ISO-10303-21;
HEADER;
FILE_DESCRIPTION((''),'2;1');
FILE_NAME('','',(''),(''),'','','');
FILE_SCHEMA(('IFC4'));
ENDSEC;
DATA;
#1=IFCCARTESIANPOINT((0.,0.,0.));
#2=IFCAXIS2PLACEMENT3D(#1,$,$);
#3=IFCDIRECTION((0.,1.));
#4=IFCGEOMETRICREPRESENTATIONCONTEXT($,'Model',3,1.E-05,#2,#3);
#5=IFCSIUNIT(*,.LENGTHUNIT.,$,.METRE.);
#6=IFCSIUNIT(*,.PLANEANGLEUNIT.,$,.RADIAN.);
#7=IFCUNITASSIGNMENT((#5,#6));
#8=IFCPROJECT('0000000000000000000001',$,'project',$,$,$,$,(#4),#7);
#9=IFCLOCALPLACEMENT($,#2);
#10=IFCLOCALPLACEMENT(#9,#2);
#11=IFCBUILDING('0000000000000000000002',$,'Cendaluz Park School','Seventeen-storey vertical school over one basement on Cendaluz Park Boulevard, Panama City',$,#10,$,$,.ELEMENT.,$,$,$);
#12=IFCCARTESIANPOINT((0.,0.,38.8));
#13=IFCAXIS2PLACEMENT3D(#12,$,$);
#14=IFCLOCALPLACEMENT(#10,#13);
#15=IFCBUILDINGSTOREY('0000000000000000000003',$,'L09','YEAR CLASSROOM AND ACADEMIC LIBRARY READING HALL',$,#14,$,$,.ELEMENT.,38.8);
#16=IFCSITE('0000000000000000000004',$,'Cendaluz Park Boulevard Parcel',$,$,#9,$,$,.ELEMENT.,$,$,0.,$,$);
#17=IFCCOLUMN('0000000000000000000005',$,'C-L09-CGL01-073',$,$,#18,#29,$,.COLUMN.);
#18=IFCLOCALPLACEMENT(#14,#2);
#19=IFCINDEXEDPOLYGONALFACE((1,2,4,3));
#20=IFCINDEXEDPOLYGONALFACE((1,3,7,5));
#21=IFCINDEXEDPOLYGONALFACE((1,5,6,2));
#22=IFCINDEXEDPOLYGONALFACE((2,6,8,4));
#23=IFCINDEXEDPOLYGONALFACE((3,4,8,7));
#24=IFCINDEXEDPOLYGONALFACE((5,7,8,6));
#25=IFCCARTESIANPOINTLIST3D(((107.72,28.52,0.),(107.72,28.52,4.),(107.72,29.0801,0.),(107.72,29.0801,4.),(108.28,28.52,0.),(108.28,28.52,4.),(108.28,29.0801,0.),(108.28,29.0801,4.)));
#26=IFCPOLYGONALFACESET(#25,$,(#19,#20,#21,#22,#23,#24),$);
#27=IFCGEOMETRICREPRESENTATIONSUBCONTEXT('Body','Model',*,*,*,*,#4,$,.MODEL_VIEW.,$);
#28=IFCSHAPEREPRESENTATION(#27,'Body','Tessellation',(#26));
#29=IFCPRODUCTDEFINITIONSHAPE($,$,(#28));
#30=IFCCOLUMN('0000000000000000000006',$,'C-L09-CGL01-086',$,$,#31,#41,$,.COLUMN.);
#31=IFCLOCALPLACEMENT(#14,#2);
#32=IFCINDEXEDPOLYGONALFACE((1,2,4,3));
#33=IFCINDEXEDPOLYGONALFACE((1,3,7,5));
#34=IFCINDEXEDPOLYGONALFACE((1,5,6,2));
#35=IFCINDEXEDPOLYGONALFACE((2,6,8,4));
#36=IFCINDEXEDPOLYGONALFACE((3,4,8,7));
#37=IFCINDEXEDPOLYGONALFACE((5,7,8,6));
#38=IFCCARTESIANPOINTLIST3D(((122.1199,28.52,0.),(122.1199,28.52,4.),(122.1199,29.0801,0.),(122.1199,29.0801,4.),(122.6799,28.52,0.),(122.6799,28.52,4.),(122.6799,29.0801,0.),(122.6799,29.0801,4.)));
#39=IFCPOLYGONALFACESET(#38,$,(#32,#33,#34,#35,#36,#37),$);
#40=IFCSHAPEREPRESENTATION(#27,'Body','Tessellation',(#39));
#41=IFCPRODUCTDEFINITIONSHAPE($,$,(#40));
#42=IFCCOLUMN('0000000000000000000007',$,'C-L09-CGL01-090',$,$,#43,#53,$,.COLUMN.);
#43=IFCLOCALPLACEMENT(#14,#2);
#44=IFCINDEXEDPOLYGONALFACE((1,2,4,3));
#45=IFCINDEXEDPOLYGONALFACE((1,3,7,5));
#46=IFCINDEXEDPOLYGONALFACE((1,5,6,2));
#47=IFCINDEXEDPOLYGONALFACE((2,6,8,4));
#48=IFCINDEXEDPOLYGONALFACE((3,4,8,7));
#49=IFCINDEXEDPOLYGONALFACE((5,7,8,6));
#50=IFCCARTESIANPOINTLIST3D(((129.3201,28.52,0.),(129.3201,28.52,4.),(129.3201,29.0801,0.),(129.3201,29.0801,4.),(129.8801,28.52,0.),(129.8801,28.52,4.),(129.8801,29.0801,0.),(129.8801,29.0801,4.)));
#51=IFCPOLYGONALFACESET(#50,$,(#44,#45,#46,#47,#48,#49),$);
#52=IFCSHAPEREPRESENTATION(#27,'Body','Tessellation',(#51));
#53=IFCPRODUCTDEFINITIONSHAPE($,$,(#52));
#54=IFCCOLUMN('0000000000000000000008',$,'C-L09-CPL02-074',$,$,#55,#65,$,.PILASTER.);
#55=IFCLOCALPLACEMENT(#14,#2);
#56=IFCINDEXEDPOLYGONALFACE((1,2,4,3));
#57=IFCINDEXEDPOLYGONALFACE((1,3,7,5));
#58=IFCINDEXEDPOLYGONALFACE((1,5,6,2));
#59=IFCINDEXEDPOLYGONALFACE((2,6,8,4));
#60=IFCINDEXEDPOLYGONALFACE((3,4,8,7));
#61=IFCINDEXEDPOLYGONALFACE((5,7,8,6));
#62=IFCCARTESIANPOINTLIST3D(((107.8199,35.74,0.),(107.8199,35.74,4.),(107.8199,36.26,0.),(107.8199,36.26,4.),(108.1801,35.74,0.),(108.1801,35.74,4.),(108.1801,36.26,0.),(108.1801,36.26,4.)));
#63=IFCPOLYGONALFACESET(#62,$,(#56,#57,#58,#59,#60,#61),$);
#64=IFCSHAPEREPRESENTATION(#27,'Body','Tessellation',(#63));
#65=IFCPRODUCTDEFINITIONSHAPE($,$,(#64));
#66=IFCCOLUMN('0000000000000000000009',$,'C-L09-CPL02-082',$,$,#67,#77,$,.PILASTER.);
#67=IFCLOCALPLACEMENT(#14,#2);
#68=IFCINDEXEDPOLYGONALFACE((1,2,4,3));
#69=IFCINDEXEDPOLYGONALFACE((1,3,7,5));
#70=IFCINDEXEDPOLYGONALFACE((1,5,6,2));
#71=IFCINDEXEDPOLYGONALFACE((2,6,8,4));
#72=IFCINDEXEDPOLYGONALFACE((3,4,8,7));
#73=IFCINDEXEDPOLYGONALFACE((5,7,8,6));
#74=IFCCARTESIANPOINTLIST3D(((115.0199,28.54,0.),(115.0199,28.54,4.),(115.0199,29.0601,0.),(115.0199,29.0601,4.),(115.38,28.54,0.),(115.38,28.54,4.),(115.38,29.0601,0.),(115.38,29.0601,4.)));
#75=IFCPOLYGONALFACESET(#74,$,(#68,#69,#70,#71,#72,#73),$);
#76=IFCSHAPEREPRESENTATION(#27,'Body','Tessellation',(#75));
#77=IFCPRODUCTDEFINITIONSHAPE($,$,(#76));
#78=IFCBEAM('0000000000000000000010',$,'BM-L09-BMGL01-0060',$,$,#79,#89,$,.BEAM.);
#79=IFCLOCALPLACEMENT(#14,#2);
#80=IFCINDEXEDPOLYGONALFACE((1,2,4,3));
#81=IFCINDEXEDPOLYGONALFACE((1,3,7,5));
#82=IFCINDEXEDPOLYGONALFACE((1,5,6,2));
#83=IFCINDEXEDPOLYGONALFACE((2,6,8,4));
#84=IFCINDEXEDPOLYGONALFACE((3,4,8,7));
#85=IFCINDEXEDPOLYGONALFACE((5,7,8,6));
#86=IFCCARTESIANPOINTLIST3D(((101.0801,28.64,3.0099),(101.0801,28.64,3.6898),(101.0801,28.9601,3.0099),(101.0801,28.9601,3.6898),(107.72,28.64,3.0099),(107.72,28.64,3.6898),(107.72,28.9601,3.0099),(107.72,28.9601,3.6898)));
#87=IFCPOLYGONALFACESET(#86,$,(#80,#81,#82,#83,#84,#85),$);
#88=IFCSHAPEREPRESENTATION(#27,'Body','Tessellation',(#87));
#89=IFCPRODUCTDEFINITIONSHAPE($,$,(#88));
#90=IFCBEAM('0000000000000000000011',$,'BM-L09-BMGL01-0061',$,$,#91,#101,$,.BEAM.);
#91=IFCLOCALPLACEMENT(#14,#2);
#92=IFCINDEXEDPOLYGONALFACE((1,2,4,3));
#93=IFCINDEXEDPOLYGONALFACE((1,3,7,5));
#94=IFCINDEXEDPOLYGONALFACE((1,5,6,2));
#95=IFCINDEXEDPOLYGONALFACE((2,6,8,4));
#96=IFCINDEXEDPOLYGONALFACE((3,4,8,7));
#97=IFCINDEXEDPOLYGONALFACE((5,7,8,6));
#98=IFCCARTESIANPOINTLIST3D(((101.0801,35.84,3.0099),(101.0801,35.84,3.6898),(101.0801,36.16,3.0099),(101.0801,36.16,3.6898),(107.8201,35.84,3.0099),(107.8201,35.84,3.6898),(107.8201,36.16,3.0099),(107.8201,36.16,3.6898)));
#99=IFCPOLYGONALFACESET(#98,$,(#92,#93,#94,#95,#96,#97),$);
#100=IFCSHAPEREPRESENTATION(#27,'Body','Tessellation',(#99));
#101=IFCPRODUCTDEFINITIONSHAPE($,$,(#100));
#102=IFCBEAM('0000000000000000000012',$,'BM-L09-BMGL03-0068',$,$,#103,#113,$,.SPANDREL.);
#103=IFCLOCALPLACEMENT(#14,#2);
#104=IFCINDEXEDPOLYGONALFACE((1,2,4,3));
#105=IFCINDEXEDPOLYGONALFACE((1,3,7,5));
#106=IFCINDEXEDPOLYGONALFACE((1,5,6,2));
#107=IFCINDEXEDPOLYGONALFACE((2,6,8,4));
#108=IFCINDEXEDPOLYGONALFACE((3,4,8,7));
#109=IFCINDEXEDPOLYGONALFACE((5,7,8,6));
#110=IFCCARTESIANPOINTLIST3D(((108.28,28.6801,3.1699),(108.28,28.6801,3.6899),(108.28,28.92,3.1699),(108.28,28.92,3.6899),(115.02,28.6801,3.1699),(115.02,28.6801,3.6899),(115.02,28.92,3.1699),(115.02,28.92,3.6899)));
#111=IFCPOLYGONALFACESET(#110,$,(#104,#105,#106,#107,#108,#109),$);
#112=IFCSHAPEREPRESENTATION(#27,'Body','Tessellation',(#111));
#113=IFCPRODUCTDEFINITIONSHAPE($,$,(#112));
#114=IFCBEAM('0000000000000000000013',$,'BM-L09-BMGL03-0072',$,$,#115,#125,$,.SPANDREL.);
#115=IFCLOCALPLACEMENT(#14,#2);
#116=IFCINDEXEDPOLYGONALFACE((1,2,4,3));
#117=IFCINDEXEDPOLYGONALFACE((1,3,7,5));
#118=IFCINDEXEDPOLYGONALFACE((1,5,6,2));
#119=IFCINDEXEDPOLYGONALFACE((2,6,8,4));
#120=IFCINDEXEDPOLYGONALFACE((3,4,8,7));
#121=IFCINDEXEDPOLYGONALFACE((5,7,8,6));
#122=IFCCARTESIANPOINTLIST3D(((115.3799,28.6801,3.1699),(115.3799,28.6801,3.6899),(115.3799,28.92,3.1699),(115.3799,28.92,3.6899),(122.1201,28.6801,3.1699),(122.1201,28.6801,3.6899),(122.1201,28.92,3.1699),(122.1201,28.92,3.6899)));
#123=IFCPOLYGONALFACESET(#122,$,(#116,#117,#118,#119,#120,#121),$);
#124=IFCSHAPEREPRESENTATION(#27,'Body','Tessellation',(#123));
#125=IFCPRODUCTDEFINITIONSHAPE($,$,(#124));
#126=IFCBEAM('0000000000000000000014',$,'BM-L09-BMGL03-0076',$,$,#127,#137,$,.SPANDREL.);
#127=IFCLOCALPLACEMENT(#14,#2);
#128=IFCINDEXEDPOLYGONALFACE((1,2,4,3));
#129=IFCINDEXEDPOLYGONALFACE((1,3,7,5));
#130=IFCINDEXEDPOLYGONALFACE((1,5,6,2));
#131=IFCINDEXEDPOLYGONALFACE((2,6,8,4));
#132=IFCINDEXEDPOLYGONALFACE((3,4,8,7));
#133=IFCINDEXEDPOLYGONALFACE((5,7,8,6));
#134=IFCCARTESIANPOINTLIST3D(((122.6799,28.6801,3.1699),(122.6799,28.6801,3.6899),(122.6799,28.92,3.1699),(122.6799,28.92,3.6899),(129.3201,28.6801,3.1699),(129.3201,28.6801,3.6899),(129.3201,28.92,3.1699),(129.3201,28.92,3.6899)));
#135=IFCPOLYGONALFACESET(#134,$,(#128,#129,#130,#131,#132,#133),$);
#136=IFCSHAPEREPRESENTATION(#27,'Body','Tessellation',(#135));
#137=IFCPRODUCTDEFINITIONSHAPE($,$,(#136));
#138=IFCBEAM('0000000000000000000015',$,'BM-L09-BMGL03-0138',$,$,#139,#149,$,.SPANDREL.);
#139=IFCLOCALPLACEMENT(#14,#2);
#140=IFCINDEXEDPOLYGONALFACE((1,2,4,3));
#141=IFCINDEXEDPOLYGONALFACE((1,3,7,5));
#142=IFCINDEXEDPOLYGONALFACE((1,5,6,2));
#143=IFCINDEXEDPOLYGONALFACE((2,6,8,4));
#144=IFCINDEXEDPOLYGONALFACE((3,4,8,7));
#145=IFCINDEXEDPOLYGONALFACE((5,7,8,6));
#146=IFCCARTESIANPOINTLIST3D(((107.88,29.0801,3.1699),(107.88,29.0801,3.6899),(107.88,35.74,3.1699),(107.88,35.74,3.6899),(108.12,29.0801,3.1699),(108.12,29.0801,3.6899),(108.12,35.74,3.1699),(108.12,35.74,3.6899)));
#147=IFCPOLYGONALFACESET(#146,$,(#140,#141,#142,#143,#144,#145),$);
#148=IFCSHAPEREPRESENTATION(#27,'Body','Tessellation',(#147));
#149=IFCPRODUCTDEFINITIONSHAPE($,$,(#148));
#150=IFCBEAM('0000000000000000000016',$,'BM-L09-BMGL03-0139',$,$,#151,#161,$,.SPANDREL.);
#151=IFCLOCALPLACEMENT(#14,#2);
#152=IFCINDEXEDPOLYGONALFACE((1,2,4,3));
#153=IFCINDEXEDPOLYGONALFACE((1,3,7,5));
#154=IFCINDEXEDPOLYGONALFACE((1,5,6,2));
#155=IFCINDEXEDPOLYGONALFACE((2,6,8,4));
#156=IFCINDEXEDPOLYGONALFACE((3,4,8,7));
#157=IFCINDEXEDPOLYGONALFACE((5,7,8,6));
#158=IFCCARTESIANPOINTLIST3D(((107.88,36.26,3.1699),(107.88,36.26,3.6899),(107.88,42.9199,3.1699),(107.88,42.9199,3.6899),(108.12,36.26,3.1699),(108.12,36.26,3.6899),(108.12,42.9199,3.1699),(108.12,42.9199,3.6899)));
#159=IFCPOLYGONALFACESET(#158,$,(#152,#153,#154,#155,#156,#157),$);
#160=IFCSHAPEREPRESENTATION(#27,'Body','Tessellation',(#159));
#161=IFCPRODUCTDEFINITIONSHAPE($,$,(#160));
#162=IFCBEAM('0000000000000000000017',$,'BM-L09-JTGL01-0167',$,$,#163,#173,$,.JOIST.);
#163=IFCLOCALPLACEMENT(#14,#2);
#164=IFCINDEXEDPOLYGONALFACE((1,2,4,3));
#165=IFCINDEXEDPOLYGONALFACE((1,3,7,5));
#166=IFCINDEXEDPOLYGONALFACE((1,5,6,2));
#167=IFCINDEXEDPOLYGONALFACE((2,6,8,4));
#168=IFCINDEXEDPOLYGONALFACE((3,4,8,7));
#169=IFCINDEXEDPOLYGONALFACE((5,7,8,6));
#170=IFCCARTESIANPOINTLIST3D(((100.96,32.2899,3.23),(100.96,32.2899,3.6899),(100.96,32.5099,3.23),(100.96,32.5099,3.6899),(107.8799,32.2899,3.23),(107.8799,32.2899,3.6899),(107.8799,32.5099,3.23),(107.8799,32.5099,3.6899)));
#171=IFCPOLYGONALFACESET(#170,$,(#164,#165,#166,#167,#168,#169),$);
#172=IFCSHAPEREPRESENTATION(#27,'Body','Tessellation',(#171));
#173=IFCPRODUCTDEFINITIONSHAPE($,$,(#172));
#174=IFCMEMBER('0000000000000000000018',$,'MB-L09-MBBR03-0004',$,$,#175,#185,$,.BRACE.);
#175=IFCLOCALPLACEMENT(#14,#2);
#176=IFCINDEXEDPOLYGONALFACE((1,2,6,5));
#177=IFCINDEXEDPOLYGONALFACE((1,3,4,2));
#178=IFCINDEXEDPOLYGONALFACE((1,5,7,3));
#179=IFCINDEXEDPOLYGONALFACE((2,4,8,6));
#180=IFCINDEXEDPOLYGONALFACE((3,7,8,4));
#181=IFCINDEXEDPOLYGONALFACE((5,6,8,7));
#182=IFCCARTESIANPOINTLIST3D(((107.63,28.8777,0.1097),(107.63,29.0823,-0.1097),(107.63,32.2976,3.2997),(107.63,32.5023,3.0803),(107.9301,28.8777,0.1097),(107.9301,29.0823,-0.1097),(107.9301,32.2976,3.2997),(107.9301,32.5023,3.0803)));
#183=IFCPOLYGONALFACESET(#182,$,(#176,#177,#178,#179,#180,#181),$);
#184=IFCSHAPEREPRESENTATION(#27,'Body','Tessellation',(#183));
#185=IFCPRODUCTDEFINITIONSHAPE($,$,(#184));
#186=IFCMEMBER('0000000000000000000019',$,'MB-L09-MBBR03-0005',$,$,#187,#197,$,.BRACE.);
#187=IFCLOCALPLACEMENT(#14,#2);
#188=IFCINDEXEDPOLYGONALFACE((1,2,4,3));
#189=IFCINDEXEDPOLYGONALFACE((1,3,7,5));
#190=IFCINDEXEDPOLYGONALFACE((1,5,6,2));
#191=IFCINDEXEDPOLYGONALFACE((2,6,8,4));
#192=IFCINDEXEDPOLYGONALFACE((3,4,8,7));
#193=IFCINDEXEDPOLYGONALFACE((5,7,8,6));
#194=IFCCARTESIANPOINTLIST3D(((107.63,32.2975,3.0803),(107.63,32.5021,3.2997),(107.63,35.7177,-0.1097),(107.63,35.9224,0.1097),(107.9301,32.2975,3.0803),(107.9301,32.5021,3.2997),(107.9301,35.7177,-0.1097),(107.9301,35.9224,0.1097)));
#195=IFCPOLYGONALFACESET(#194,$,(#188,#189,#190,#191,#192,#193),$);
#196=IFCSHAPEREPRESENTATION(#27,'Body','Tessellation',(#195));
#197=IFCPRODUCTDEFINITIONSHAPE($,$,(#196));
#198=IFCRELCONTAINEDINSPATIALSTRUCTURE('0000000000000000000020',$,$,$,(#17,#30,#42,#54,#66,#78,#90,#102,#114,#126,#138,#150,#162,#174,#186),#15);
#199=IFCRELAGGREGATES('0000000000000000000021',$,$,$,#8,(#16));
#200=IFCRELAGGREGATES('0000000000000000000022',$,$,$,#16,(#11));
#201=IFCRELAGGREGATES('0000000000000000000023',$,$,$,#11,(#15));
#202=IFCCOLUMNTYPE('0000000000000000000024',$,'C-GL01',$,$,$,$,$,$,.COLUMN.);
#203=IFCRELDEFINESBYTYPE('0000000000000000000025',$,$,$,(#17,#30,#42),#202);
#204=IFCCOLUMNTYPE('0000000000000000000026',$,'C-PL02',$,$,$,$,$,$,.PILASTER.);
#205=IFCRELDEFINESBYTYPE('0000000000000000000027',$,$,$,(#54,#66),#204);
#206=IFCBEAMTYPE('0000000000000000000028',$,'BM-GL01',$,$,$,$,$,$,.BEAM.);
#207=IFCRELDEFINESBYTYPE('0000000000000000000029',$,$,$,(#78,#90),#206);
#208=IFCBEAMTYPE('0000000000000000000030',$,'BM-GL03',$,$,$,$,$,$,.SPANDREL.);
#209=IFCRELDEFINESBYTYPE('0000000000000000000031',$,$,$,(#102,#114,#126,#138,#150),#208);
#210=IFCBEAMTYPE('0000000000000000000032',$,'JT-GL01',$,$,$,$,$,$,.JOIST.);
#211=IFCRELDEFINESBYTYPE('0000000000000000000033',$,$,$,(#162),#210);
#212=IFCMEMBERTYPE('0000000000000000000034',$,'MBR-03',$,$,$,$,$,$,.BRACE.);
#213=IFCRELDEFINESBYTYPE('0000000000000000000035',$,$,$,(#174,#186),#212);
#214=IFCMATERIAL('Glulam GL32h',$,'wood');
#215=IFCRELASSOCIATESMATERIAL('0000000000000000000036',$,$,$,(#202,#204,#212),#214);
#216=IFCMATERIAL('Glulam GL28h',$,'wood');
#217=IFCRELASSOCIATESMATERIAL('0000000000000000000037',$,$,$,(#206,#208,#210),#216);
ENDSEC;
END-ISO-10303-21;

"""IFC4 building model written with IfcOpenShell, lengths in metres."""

from ifc_helpers import new_model, si_unit, direction, frame, origin, origin_2d, place, context, subcontext, project, spatial, rectangle, extrude, material, material_profile, profile_set, type_object, element, save


model = new_model("IFC4")

# Units and contexts
model_context = context("Model", 3, precision=1e-05, world=origin(), true_north=direction((0.0, 1.0)))
body_context = subcontext(model_context, "Body", "Model", "MODEL_VIEW")
ifc_project = project(units=[si_unit("LENGTHUNIT", "METRE"), si_unit("PLANEANGLEUNIT", "RADIAN")], contexts=[model_context])

# Site, building, storey
site_placement = place(None, origin())
site = spatial("IfcSite", under=ifc_project, at=site_placement, Name="Cendaluz Park Boulevard Parcel", CompositionType="ELEMENT", RefElevation=0.0)
building_placement = place(site_placement, origin())
building = spatial("IfcBuilding", under=site, at=building_placement, Name="Cendaluz Park School", Description="Seventeen-storey vertical school over one basement on Cendaluz Park Boulevard, Panama City", CompositionType="ELEMENT")
storey_placement = place(building_placement, frame((0.0, 0.0, 38.8)))
storey = spatial("IfcBuildingStorey", under=building, at=storey_placement, Name="L09", Description="YEAR CLASSROOM AND ACADEMIC LIBRARY READING HALL", CompositionType="ELEMENT", Elevation=38.8)

# Columns
ifc_material_1 = material(Name="Glulam GL32h", Category="wood")
ifc_material_profile_1 = material_profile(ifc_material_1, rectangle(XDim=0.5601, YDim=0.5601, at=origin_2d()), Name="GL32h 560x560", Category="wood")
ifc_profile_set_1 = profile_set([ifc_material_profile_1], Name="Glulam GL32h")
column_type_1 = type_object("IfcColumnType", Name="C-GL01", PredefinedType="COLUMN", material=ifc_profile_set_1)
for number, where, z_axis, x_axis, name in (
    (1, (108.0, 28.8, 0.0), (0.0, 0.0, 1.0), (1.0, 0.0, 0.0), "C-L09-CGL01-073"),
    (2, (122.3999, 28.8, 0.0), (0.0, 0.0, 1.0), (1.0, 0.0, 0.0), "C-L09-CGL01-086"),
    (3, (129.6001, 28.8, 0.0), (0.0, 0.0, 1.0), (1.0, 0.0, 0.0), "C-L09-CGL01-090"),
):
    element("IfcColumn", number, at=place(storey_placement, frame(where, z_axis=z_axis, x_axis=x_axis)), inside=storey, type_object=column_type_1, Name=name, PredefinedType="COLUMN", context=body_context, shape_type="SweptSolid", body=[
        extrude(rectangle(XDim=0.5601, YDim=0.5601, at=origin_2d()), origin(), (0.0, 0.0, 1.0), 4.0),
    ])
ifc_material_profile_2 = material_profile(ifc_material_1, rectangle(XDim=0.3601, YDim=0.52, at=origin_2d()), Name="GL32h 360x520", Category="wood")
ifc_profile_set_2 = profile_set([ifc_material_profile_2], Name="Glulam GL32h")
column_type_2 = type_object("IfcColumnType", Name="C-PL02", PredefinedType="PILASTER", material=ifc_profile_set_2)
for number, where, z_axis, x_axis, name in (
    (4, (108.0, 36.0, 0.0), (0.0, 0.0, 1.0), (1.0, 0.0, 0.0), "C-L09-CPL02-074"),
    (5, (115.2, 28.8, 0.0), (0.0, 0.0, 1.0), (1.0, 0.0, 0.0), "C-L09-CPL02-082"),
):
    element("IfcColumn", number, at=place(storey_placement, frame(where, z_axis=z_axis, x_axis=x_axis)), inside=storey, type_object=column_type_2, Name=name, PredefinedType="PILASTER", context=body_context, shape_type="SweptSolid", body=[
        extrude(rectangle(XDim=0.3601, YDim=0.52, at=origin_2d()), origin(), (0.0, 0.0, 1.0), 4.0),
    ])

# Beams
ifc_material_2 = material(Name="Glulam GL28h", Category="wood")
ifc_material_profile_3 = material_profile(ifc_material_2, rectangle(XDim=0.3201, YDim=0.6799, at=origin_2d()), Name="GL28h 320x680", Category="wood")
ifc_profile_set_3 = profile_set([ifc_material_profile_3], Name="Glulam GL28h")
beam_type_1 = type_object("IfcBeamType", Name="BM-GL01", PredefinedType="BEAM", material=ifc_profile_set_3)
beam_1_placement = place(storey_placement, frame((101.0801, 28.8, 3.3499), z_axis=(1.0, 0.0, 0.0), x_axis=(0.0, 1.0, 0.0)))
element("IfcBeam", 6, at=beam_1_placement, inside=storey, type_object=beam_type_1, Name="BM-L09-BMGL01-0060", PredefinedType="BEAM", context=body_context, shape_type="SweptSolid", body=[
    extrude(rectangle(XDim=0.3201, YDim=0.6799, at=origin_2d()), origin(), (0.0, 0.0, 1.0), 6.6399),
])
beam_2_placement = place(storey_placement, frame((101.0801, 36.0, 3.3499), z_axis=(1.0, 0.0, 0.0), x_axis=(0.0, 1.0, 0.0)))
element("IfcBeam", 7, at=beam_2_placement, inside=storey, type_object=beam_type_1, Name="BM-L09-BMGL01-0061", PredefinedType="BEAM", context=body_context, shape_type="SweptSolid", body=[
    extrude(rectangle(XDim=0.3201, YDim=0.6799, at=origin_2d()), origin(), (0.0, 0.0, 1.0), 6.74),
])
ifc_material_profile_4 = material_profile(ifc_material_2, rectangle(XDim=0.24, YDim=0.52, at=origin_2d()), Name="GL28h 240x520", Category="wood")
ifc_profile_set_4 = profile_set([ifc_material_profile_4], Name="Glulam GL28h")
beam_type_2 = type_object("IfcBeamType", Name="BM-GL03", PredefinedType="SPANDREL", material=ifc_profile_set_4)
beam_3_placement = place(storey_placement, frame((108.28, 28.8, 3.4299), z_axis=(1.0, 0.0, 0.0), x_axis=(0.0, 1.0, 0.0)))
element("IfcBeam", 8, at=beam_3_placement, inside=storey, type_object=beam_type_2, Name="BM-L09-BMGL03-0068", PredefinedType="SPANDREL", context=body_context, shape_type="SweptSolid", body=[
    extrude(rectangle(XDim=0.24, YDim=0.52, at=origin_2d()), origin(), (0.0, 0.0, 1.0), 6.74),
])
beam_4_placement = place(storey_placement, frame((115.3799, 28.8, 3.4299), z_axis=(1.0, 0.0, 0.0), x_axis=(0.0, 1.0, 0.0)))
element("IfcBeam", 9, at=beam_4_placement, inside=storey, type_object=beam_type_2, Name="BM-L09-BMGL03-0072", PredefinedType="SPANDREL", context=body_context, shape_type="SweptSolid", body=[
    extrude(rectangle(XDim=0.24, YDim=0.52, at=origin_2d()), origin(), (0.0, 0.0, 1.0), 6.7402),
])
beam_5_placement = place(storey_placement, frame((122.6799, 28.8, 3.4299), z_axis=(1.0, 0.0, 0.0), x_axis=(0.0, 1.0, 0.0)))
element("IfcBeam", 10, at=beam_5_placement, inside=storey, type_object=beam_type_2, Name="BM-L09-BMGL03-0076", PredefinedType="SPANDREL", context=body_context, shape_type="SweptSolid", body=[
    extrude(rectangle(XDim=0.24, YDim=0.52, at=origin_2d()), origin(), (0.0, 0.0, 1.0), 6.6401),
])
for number, where, z_axis, x_axis, name in (
    (11, (108.0, 29.0801, 3.4299), (0.0, 1.0, 0.0), (-1.0, 0.0, 0.0), "BM-L09-BMGL03-0138"),
    (12, (108.0, 36.26, 3.4299), (0.0, 1.0, 0.0), (-1.0, 0.0, 0.0), "BM-L09-BMGL03-0139"),
):
    element("IfcBeam", number, at=place(storey_placement, frame(where, z_axis=z_axis, x_axis=x_axis)), inside=storey, type_object=beam_type_2, Name=name, PredefinedType="SPANDREL", context=body_context, shape_type="SweptSolid", body=[
        extrude(rectangle(XDim=0.24, YDim=0.52, at=origin_2d()), origin(), (0.0, 0.0, 1.0), 6.6599),
    ])
ifc_material_profile_5 = material_profile(ifc_material_2, rectangle(XDim=0.22, YDim=0.46, at=origin_2d()), Name="GL28h 220x460", Category="wood")
ifc_profile_set_5 = profile_set([ifc_material_profile_5], Name="Glulam GL28h")
beam_type_3 = type_object("IfcBeamType", Name="JT-GL01", PredefinedType="JOIST", material=ifc_profile_set_5)
beam_6_placement = place(storey_placement, frame((100.96, 32.3999, 3.46), z_axis=(1.0, 0.0, 0.0), x_axis=(0.0, 1.0, 0.0)))
element("IfcBeam", 13, at=beam_6_placement, inside=storey, type_object=beam_type_3, Name="BM-L09-JTGL01-0167", PredefinedType="JOIST", context=body_context, shape_type="SweptSolid", body=[
    extrude(rectangle(XDim=0.22, YDim=0.46, at=origin_2d()), origin(), (0.0, 0.0, 1.0), 6.9199),
])

# Members
ifc_material_profile_6 = material_profile(ifc_material_1, rectangle(XDim=0.3, YDim=0.3, at=origin_2d()), Name="GL32h 300x300", Category="wood")
ifc_profile_set_6 = profile_set([ifc_material_profile_6], Name="Glulam GL32h")
member_type_1 = type_object("IfcMemberType", Name="MBR-03", PredefinedType="BRACE", material=ifc_profile_set_6)
member_1_placement = place(storey_placement, frame((107.78, 28.98, 0.0), z_axis=(0.0, 0.731267, 0.682091), x_axis=(-1.0, 0.0, 0.0)))
element("IfcMember", 14, at=member_1_placement, inside=storey, type_object=member_type_1, Name="MB-L09-MBBR03-0004", PredefinedType="BRACE", context=body_context, shape_type="SweptSolid", body=[
    extrude(rectangle(XDim=0.3, YDim=0.3, at=origin_2d()), origin(), (0.0, 0.0, 1.0), 4.6768),
])
member_2_placement = place(storey_placement, frame((107.78, 35.8201, 0.0), z_axis=(0.0, -0.731291, 0.682065), x_axis=(1.0, 0.0, 0.0)))
element("IfcMember", 15, at=member_2_placement, inside=storey, type_object=member_type_1, Name="MB-L09-MBBR03-0005", PredefinedType="BRACE", context=body_context, shape_type="SweptSolid", body=[
    extrude(rectangle(XDim=0.3, YDim=0.3, at=origin_2d()), origin(), (0.0, 0.0, 1.0), 4.677),
])

save(model, "model.ifc")
